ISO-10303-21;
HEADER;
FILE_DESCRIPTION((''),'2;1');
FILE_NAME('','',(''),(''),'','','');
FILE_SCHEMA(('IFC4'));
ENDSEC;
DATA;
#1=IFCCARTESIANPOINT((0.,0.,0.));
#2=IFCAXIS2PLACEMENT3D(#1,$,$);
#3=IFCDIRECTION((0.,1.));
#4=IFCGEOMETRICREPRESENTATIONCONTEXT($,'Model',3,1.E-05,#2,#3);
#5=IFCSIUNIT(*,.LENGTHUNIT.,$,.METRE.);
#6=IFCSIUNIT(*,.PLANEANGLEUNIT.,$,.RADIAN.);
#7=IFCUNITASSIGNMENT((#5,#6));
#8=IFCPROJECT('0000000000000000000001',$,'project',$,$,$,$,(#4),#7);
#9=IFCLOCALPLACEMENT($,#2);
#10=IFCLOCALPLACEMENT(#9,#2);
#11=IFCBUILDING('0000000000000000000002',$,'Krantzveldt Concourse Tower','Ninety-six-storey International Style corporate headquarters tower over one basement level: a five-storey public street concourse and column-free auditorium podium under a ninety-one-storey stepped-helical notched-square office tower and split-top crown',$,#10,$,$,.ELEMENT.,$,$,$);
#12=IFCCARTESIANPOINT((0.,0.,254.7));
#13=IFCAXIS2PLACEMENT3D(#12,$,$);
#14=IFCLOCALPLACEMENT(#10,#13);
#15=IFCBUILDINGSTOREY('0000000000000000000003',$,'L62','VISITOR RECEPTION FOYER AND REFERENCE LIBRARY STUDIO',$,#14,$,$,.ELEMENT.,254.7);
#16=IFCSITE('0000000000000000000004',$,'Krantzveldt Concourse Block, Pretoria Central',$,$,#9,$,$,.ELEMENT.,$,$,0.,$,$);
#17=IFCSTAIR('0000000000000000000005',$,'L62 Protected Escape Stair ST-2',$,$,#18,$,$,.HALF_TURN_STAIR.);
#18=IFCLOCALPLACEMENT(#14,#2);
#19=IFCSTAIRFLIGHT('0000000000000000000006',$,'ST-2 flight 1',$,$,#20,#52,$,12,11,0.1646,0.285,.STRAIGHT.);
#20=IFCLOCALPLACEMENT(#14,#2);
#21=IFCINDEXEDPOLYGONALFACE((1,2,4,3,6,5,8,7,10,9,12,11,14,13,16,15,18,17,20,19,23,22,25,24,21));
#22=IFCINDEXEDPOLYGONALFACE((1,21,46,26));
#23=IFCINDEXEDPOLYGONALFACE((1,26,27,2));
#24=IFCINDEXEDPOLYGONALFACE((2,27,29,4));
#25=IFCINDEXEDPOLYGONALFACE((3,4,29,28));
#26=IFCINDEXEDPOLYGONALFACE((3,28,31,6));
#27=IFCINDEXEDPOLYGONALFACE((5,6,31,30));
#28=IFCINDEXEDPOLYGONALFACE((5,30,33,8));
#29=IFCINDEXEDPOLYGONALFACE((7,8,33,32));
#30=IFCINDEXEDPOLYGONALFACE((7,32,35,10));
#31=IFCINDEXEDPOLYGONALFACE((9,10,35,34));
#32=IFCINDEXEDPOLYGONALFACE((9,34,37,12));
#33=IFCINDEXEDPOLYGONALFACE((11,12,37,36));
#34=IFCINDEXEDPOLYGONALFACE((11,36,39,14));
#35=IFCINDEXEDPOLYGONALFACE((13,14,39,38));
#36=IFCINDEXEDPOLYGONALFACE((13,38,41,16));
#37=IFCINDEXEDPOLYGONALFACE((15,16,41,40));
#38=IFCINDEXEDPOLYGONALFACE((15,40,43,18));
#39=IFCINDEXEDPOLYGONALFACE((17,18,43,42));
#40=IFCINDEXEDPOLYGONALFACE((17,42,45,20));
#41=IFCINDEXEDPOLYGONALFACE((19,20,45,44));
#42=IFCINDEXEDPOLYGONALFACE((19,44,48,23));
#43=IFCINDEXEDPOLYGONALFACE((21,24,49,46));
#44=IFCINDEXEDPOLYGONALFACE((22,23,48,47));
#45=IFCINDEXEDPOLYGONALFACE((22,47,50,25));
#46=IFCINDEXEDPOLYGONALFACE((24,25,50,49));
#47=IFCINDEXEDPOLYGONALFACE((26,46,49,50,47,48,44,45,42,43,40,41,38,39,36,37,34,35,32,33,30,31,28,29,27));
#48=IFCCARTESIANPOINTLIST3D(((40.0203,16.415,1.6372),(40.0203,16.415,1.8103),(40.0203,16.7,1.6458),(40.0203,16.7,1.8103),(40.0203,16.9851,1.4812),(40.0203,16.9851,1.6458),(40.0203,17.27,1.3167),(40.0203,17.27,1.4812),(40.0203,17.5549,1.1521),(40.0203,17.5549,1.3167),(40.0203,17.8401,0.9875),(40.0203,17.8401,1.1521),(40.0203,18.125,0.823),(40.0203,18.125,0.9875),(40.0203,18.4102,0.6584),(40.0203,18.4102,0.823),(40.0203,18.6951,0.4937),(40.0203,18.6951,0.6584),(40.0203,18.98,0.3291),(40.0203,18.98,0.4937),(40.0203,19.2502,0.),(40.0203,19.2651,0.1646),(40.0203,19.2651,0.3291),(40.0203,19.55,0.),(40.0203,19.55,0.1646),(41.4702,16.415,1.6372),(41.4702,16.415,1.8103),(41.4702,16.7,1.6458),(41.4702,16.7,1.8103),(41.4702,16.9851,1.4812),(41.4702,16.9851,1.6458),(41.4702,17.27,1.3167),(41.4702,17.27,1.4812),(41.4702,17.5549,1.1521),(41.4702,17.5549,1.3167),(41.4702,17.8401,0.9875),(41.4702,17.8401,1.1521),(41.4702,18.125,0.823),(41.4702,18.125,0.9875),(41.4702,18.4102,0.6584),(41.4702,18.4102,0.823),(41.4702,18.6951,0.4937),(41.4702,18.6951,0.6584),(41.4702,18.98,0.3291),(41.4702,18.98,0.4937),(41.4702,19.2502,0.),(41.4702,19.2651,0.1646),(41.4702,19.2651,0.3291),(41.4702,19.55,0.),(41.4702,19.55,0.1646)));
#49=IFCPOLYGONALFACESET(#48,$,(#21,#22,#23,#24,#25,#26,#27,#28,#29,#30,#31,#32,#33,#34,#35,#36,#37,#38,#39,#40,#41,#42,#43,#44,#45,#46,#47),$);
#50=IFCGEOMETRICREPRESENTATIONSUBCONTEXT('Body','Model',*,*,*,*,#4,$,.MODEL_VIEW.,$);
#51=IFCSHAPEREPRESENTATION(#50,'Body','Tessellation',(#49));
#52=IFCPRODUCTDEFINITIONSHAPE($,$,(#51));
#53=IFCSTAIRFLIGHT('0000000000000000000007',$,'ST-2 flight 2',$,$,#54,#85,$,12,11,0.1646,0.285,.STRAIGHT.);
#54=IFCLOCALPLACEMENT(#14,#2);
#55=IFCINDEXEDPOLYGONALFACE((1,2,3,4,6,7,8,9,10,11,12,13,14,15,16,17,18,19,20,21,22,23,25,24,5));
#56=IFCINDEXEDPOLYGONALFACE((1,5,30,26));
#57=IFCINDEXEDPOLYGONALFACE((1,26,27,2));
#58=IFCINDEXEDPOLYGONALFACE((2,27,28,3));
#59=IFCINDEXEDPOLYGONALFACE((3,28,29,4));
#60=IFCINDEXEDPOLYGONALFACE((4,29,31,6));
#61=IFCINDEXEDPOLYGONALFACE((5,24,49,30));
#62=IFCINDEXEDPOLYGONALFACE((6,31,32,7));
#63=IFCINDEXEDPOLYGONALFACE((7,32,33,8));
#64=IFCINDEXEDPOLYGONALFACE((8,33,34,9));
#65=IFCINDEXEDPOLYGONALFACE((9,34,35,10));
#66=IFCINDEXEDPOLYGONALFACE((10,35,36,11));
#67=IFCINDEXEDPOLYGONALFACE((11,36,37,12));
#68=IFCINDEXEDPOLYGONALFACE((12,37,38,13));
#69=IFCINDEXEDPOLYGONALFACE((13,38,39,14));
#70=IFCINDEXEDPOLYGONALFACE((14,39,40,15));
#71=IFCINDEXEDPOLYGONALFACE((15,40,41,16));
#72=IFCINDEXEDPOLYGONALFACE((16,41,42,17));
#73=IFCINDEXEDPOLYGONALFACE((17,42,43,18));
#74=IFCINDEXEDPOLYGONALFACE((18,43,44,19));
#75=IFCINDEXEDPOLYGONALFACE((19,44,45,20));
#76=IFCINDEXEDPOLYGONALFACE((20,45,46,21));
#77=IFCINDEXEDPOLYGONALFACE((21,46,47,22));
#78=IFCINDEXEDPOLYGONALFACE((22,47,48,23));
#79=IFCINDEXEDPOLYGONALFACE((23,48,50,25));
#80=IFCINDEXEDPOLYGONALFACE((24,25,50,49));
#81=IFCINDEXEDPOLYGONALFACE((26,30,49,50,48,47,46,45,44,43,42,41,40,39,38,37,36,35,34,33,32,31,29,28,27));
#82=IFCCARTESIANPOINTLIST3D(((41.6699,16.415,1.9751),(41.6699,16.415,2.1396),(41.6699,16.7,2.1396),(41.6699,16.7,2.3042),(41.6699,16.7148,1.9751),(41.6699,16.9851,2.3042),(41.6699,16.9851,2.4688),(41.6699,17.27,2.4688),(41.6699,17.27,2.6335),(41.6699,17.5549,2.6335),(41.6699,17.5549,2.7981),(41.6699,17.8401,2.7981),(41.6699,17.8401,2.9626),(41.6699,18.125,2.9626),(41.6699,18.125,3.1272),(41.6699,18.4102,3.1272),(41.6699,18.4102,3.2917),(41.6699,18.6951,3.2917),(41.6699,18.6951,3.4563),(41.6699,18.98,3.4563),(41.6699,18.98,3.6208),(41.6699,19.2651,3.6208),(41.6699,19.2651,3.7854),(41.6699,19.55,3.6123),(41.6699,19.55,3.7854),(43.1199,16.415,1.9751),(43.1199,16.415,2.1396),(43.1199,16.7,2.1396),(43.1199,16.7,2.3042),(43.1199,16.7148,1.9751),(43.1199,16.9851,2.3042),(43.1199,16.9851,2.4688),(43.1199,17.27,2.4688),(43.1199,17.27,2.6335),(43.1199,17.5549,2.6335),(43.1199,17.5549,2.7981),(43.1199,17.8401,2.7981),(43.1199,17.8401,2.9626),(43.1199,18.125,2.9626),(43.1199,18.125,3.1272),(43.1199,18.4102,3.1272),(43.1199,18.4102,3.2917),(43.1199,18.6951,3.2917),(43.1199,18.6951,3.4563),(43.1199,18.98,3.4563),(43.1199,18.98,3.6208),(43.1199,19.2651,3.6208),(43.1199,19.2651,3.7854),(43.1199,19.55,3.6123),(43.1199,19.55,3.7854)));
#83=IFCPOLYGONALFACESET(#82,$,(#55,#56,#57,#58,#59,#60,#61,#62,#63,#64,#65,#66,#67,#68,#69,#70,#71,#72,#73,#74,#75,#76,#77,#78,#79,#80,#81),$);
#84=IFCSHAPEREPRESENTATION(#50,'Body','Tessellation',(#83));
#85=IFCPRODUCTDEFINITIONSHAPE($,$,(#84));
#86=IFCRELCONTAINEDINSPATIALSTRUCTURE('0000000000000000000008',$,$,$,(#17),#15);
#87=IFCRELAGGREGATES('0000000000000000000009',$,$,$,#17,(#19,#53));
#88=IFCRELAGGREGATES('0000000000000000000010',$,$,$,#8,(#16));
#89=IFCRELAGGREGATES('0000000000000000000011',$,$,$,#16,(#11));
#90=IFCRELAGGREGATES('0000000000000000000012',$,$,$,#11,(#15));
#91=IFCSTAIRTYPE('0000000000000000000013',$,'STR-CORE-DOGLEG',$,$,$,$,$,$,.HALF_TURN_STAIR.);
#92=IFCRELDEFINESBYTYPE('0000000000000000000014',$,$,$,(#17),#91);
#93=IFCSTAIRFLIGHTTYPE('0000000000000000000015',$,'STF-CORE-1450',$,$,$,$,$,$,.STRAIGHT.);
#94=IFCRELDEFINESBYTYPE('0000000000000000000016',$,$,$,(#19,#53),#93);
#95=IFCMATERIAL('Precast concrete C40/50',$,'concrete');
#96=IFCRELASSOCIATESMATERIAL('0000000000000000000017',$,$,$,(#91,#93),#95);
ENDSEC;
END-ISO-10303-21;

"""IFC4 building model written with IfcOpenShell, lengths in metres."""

from ifc_helpers import new_model, si_unit, direction, frame, origin, place, context, subcontext, project, spatial, polyline, outline, extrude, material, type_object, element, aggregate, save


model = new_model("IFC4")

# Units and contexts
model_context = context("Model", 3, precision=1e-05, world=origin(), true_north=direction((0.0, 1.0)))
body_context = subcontext(model_context, "Body", "Model", "MODEL_VIEW")
ifc_project = project(units=[si_unit("LENGTHUNIT", "METRE"), si_unit("PLANEANGLEUNIT", "RADIAN")], contexts=[model_context])

# Site, building, storey
site_placement = place(None, origin())
site = spatial("IfcSite", under=ifc_project, at=site_placement, Name="Krantzveldt Concourse Block, Pretoria Central", CompositionType="ELEMENT", RefElevation=0.0)
building_placement = place(site_placement, origin())
building = spatial("IfcBuilding", under=site, at=building_placement, Name="Krantzveldt Concourse Tower", Description="Ninety-six-storey International Style corporate headquarters tower over one basement level: a five-storey public street concourse and column-free auditorium podium under a ninety-one-storey stepped-helical notched-square office tower and split-top crown", CompositionType="ELEMENT")
storey_placement = place(building_placement, frame((0.0, 0.0, 254.7)))
storey = spatial("IfcBuildingStorey", under=building, at=storey_placement, Name="L62", Description="VISITOR RECEPTION FOYER AND REFERENCE LIBRARY STUDIO", CompositionType="ELEMENT", Elevation=254.7)

# Stair, stair flights
ifc_material_1 = material(Name="Precast concrete C40/50", Category="concrete")
stair_type = type_object("IfcStairType", Name="STR-CORE-DOGLEG", PredefinedType="HALF_TURN_STAIR", material=ifc_material_1)
stair_placement = place(storey_placement, origin())
stair = element("IfcStair", 1, at=stair_placement, inside=storey, type_object=stair_type, Name="L62 Protected Escape Stair ST-2", PredefinedType="HALF_TURN_STAIR")
stair_flight_type = type_object("IfcStairFlightType", Name="STF-CORE-1450", PredefinedType="STRAIGHT", material=ifc_material_1)
stair_flight_1_placement = place(storey_placement, frame((40.7451, 19.55, 0.0), z_axis=(0.0, 0.0, 1.0), x_axis=(0.0, -1.0, 0.0)))
stair_flight_1 = element("IfcStairFlight", 2, at=stair_flight_1_placement, type_object=stair_flight_type, Name="ST-2 flight 1", NumberOfRisers=12, NumberOfTreads=11, PredefinedType="STRAIGHT", RiserHeight=0.1646, TreadLength=0.285, context=body_context, shape_type="SweptSolid", body=[
    extrude(outline(polyline([(0.0, 0.0), (0.0, 0.1646), (0.2849, 0.1646), (0.2849, 0.3291), (0.5701, 0.3291), (0.5701, 0.4937), (0.855, 0.4937), (0.855, 0.6584), (1.1399, 0.6584), (1.1399, 0.823), (1.425, 0.823), (1.425, 0.9875), (1.71, 0.9875), (1.71, 1.1521), (1.9951, 1.1521), (1.9951, 1.3167), (2.28, 1.3167), (2.28, 1.4812), (2.5649, 1.4812), (2.5649, 1.6458), (2.8501, 1.6458), (2.8501, 1.8103), (3.135, 1.8103), (3.135, 1.9751), (3.135, 1.6372), (0.2998, 0.0), (0.0, 0.0)])), frame((0.0, 0.7251, 0.0), z_axis=(0.0, -1.0, 0.0), x_axis=(1.0, 0.0, 0.0)), (0.0, 0.0, 1.0), 1.45),
])
stair_flight_2_placement = place(storey_placement, frame((42.395, 16.415, 1.9751), z_axis=(0.0, 0.0, 1.0), x_axis=(0.0, 1.0, 0.0)))
stair_flight_2 = element("IfcStairFlight", 3, at=stair_flight_2_placement, type_object=stair_flight_type, Name="ST-2 flight 2", NumberOfRisers=12, NumberOfTreads=11, PredefinedType="STRAIGHT", RiserHeight=0.1646, TreadLength=0.285, context=body_context, shape_type="SweptSolid", body=[
    extrude(outline(polyline([(0.0, 0.0), (0.0, 0.1646), (0.2849, 0.1646), (0.2849, 0.3291), (0.5701, 0.3291), (0.5701, 0.4937), (0.855, 0.4937), (0.855, 0.6584), (1.1399, 0.6584), (1.1399, 0.823), (1.425, 0.823), (1.425, 0.9875), (1.71, 0.9875), (1.71, 1.1521), (1.9951, 1.1521), (1.9951, 1.3167), (2.28, 1.3167), (2.28, 1.4812), (2.5649, 1.4812), (2.5649, 1.6458), (2.8501, 1.6458), (2.8501, 1.8103), (3.135, 1.8103), (3.135, 1.9751), (3.135, 1.6372), (0.2998, 0.0), (0.0, 0.0)])), frame((0.0, 0.7251, 0.0), z_axis=(0.0, -1.0, 0.0), x_axis=(1.0, 0.0, 0.0)), (0.0, 0.0, 1.0), 1.45),
])
aggregate(stair, [stair_flight_1, stair_flight_2])

save(model, "model.ifc")
